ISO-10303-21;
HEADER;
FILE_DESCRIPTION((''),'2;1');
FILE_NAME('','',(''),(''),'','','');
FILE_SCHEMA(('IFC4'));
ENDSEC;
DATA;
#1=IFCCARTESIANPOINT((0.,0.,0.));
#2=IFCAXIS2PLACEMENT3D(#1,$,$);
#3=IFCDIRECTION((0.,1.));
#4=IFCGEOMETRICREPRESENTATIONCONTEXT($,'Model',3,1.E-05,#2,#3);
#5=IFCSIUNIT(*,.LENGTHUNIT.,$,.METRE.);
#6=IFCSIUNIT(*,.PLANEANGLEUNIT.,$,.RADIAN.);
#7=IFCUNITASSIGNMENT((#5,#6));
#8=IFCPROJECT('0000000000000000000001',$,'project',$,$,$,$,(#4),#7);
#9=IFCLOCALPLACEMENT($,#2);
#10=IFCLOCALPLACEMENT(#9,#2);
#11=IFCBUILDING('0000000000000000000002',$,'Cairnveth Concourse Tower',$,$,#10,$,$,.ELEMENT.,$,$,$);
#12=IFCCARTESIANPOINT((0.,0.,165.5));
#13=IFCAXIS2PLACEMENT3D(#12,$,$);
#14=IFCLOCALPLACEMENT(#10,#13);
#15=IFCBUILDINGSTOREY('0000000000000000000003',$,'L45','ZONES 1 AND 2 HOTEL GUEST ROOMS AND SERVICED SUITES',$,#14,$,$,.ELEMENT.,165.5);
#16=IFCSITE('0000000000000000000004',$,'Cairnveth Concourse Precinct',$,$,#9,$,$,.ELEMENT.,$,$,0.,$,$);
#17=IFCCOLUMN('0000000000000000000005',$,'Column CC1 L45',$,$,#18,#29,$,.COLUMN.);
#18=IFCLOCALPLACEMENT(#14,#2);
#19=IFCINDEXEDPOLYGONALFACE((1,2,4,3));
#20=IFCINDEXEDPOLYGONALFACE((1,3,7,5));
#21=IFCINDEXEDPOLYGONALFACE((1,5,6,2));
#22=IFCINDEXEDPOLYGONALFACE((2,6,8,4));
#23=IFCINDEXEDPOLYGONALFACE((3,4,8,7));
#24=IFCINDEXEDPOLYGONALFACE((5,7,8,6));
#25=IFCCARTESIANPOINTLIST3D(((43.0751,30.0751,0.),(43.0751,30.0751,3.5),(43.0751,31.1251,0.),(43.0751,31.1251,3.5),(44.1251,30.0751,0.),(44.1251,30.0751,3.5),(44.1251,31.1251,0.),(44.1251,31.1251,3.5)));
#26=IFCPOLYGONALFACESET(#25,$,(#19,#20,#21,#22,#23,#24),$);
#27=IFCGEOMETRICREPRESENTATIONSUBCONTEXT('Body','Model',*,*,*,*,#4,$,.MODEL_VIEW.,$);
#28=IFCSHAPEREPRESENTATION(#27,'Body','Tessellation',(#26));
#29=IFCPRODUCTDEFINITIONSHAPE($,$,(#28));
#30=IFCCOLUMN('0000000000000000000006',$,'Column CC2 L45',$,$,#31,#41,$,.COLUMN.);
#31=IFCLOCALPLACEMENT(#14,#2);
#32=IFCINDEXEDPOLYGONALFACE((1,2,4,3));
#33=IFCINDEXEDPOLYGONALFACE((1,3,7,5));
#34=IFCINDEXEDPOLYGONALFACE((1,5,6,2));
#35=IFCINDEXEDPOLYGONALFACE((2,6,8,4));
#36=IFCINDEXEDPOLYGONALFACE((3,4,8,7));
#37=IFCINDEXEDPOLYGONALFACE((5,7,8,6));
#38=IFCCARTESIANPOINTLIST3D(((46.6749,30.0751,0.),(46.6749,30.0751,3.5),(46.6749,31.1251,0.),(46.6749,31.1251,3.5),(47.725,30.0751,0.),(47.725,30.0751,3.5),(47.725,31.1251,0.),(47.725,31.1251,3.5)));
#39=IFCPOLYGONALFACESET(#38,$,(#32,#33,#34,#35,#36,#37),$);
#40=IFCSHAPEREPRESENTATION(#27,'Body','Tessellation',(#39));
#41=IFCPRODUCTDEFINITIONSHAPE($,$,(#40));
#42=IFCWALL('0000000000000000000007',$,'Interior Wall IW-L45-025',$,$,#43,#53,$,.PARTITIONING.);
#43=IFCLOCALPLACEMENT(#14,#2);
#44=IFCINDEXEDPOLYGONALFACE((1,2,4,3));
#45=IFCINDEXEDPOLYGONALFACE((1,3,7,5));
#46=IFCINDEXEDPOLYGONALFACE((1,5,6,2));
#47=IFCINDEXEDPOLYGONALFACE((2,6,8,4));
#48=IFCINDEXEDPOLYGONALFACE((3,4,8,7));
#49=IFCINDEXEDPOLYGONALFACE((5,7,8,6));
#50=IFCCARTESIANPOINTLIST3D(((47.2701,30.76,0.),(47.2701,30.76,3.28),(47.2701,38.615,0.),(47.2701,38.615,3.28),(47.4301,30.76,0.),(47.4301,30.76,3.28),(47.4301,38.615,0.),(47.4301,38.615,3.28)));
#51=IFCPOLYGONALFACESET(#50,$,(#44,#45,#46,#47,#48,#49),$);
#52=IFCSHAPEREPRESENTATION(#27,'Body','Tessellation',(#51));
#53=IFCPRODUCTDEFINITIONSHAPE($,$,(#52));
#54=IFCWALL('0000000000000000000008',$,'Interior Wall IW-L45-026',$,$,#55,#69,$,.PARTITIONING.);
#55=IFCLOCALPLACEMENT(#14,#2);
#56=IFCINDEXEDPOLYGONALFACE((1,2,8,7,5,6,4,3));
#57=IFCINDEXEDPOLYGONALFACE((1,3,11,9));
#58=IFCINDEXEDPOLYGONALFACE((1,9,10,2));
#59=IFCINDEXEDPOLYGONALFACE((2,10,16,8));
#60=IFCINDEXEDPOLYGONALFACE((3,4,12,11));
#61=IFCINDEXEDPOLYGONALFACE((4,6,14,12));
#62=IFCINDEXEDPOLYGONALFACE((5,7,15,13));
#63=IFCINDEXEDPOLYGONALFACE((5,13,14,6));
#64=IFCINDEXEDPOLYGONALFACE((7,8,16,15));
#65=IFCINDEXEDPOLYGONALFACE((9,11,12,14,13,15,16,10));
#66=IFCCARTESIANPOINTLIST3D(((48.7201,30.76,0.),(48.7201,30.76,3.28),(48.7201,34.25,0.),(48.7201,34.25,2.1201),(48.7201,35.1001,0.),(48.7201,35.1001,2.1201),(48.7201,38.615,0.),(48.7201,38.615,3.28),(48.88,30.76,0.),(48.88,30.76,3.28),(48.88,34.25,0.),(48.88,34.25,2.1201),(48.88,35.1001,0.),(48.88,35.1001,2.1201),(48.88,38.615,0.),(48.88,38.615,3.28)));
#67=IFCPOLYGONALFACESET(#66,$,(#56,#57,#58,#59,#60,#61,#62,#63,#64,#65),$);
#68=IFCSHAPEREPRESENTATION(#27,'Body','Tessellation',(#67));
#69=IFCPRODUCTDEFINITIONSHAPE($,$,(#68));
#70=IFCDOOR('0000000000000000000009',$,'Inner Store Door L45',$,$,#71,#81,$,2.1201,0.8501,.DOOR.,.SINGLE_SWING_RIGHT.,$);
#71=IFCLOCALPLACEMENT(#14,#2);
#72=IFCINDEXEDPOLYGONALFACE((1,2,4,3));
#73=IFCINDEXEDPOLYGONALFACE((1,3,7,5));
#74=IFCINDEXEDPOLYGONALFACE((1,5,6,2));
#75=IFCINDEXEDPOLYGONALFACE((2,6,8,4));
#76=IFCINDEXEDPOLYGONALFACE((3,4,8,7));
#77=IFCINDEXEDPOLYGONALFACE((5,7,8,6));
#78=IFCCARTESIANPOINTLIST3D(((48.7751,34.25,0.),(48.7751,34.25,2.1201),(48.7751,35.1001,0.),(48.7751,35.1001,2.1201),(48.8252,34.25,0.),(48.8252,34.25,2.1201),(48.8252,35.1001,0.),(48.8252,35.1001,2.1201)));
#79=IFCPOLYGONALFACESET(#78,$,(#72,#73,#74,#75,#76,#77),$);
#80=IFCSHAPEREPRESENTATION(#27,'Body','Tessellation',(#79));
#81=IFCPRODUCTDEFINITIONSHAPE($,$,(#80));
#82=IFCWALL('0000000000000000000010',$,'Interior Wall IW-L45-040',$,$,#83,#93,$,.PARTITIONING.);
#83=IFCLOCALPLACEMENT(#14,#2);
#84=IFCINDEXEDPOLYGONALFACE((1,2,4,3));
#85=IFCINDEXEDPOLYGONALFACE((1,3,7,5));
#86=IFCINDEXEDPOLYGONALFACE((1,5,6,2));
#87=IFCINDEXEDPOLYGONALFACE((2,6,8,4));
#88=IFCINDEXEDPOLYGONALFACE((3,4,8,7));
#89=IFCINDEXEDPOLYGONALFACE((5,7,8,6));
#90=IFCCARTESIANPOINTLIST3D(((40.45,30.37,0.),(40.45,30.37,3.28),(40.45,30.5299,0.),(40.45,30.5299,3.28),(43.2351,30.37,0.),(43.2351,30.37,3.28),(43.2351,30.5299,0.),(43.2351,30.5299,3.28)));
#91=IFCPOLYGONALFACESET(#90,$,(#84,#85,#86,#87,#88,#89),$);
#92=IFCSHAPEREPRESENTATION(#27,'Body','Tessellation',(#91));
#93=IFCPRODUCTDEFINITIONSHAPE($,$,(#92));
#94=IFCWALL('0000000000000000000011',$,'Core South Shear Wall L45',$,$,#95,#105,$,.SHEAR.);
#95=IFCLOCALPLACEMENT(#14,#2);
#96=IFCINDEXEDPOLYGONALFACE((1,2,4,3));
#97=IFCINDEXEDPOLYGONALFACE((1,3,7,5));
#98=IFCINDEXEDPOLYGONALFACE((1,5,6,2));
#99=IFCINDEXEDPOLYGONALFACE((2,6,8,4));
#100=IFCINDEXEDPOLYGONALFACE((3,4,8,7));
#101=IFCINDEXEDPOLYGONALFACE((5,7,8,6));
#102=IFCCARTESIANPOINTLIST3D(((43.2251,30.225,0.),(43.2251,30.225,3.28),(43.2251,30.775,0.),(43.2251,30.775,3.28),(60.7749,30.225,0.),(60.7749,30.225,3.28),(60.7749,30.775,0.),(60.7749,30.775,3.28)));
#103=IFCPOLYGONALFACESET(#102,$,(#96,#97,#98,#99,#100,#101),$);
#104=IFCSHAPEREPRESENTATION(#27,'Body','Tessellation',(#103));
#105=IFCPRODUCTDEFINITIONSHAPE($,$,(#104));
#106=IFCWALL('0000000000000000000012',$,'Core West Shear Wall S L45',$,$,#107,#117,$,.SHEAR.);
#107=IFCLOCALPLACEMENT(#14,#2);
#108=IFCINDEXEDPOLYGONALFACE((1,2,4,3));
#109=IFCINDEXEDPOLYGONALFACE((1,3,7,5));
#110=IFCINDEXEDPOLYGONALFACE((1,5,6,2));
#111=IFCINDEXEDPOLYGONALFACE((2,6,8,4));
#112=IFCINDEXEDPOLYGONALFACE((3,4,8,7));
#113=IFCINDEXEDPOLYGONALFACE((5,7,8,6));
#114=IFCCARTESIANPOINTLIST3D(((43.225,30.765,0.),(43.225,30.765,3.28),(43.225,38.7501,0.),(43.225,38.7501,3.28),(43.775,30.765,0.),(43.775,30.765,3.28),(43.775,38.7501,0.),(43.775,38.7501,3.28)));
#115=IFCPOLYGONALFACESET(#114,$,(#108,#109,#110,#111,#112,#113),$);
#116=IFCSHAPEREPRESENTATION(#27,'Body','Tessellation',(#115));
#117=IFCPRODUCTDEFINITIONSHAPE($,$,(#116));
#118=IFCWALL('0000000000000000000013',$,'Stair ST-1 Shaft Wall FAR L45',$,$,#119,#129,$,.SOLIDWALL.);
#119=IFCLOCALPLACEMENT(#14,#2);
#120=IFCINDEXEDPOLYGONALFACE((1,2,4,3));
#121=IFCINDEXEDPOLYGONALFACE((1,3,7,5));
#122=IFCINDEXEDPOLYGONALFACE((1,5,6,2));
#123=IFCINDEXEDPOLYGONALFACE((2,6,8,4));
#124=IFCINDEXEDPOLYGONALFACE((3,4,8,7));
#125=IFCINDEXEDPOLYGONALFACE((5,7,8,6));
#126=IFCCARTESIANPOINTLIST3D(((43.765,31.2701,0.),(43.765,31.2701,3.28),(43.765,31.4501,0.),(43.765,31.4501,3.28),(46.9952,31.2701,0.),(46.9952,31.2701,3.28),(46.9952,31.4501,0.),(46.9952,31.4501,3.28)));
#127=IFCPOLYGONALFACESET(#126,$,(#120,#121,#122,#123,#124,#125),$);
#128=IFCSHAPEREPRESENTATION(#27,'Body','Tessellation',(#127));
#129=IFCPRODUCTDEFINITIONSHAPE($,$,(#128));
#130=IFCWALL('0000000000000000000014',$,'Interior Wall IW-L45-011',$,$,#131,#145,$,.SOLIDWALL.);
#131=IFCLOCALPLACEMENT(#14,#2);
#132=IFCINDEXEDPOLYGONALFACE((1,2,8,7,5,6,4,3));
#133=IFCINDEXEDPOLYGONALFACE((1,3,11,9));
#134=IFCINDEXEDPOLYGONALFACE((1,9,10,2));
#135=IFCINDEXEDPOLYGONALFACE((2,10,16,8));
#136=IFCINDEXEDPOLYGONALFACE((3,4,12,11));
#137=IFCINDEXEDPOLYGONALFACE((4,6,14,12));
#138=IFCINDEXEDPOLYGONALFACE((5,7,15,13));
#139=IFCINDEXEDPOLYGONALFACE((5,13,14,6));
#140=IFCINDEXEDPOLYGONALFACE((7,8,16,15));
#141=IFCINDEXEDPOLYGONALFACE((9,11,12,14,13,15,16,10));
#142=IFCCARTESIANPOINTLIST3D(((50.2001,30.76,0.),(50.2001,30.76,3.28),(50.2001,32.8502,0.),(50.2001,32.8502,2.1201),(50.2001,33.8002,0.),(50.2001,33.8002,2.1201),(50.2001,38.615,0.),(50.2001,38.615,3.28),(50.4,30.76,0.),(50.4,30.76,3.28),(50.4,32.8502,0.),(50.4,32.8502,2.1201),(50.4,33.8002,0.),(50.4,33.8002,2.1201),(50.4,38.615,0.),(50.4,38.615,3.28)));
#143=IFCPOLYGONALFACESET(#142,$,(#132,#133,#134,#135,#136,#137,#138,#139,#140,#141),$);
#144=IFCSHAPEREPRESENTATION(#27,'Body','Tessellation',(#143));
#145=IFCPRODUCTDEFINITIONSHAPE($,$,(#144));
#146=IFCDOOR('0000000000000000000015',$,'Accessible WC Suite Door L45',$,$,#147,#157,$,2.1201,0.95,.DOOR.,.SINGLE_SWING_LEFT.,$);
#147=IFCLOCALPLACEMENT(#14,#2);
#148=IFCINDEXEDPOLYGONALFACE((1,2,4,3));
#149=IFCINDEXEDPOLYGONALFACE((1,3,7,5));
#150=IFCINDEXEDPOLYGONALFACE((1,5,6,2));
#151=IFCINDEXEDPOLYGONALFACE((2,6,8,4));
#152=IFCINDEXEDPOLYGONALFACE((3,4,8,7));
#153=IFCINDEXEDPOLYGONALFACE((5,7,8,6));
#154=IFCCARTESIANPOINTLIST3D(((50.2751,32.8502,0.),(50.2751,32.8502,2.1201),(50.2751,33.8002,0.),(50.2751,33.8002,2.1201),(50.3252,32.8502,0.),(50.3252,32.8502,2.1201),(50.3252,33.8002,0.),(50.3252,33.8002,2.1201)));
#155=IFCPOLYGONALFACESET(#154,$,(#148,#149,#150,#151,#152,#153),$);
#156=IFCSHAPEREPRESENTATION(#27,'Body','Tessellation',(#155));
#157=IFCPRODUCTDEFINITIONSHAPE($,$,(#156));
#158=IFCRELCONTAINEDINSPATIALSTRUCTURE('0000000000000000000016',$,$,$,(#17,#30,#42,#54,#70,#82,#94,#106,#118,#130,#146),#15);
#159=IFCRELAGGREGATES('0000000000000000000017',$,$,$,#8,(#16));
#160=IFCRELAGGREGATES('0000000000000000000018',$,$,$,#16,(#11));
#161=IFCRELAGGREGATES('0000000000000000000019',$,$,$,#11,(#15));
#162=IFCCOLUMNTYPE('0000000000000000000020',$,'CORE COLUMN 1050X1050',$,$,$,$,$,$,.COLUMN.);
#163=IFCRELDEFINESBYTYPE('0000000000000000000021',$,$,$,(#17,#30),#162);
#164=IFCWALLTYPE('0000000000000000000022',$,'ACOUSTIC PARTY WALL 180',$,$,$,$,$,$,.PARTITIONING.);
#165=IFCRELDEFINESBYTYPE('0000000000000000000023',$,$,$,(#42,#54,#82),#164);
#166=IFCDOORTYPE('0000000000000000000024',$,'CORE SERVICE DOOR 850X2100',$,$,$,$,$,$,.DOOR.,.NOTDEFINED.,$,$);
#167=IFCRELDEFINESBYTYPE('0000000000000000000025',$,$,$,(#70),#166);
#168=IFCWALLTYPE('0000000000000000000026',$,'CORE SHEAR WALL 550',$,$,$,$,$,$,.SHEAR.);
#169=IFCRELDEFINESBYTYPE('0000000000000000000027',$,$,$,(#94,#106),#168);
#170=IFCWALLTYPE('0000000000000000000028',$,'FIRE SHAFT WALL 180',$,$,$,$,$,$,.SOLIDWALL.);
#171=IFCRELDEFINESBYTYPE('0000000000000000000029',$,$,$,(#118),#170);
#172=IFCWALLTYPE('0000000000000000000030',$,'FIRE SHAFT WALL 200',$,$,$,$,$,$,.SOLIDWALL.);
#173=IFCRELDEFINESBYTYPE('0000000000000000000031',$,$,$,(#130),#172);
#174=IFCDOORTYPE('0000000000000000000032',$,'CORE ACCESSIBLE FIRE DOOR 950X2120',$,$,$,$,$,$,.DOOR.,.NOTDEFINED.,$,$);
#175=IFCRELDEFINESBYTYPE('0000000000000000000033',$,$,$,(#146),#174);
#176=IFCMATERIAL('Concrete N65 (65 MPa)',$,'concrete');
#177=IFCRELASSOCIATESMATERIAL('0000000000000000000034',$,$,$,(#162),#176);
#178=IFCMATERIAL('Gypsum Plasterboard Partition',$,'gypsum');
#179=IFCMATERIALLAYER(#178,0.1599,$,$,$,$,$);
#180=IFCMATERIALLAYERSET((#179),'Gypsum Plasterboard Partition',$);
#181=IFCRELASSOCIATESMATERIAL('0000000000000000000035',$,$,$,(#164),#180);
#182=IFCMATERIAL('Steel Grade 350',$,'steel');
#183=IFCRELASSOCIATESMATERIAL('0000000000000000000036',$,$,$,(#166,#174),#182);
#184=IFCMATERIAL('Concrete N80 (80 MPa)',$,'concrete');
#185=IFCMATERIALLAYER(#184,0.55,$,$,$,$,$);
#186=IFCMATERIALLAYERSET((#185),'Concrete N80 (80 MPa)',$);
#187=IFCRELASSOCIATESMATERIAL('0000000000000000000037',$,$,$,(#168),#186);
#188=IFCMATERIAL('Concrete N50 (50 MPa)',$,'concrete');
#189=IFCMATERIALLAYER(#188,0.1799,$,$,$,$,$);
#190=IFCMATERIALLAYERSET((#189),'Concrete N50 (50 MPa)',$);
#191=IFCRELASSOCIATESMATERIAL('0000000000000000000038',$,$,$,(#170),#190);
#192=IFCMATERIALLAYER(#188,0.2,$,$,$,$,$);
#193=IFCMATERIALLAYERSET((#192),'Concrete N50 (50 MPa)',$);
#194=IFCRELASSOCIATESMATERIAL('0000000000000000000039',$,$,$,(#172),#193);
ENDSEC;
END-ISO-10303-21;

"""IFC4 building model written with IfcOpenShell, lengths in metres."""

from ifc_helpers import new_model, si_unit, direction, frame, frame_2d, origin, origin_2d, place, context, subcontext, project, spatial, rectangle, extrude, material, layer, layer_set, material_profile, profile_set, type_object, element, fill, save


model = new_model("IFC4")

# Units and contexts
model_context = context("Model", 3, precision=1e-05, world=origin(), true_north=direction((0.0, 1.0)))
body_context = subcontext(model_context, "Body", "Model", "MODEL_VIEW")
ifc_project = project(units=[si_unit("LENGTHUNIT", "METRE"), si_unit("PLANEANGLEUNIT", "RADIAN")], contexts=[model_context])

# Site, building, storey
site_placement = place(None, origin())
site = spatial("IfcSite", under=ifc_project, at=site_placement, Name="Cairnveth Concourse Precinct", CompositionType="ELEMENT", RefElevation=0.0)
building_placement = place(site_placement, origin())
building = spatial("IfcBuilding", under=site, at=building_placement, Name="Cairnveth Concourse Tower", CompositionType="ELEMENT")
storey_placement = place(building_placement, frame((0.0, 0.0, 165.5)))
storey = spatial("IfcBuildingStorey", under=building, at=storey_placement, Name="L45", Description="ZONES 1 AND 2 HOTEL GUEST ROOMS AND SERVICED SUITES", CompositionType="ELEMENT", Elevation=165.5)

# Columns
ifc_material_1 = material(Name="Concrete N65 (65 MPa)", Category="concrete")
ifc_material_profile = material_profile(ifc_material_1, rectangle(XDim=1.05, YDim=1.05, at=origin_2d()), Name="RC-COL-1050x1050")
ifc_profile_set = profile_set([ifc_material_profile], Name="Concrete N65 (65 MPa)")
column_type = type_object("IfcColumnType", Name="CORE COLUMN 1050X1050", PredefinedType="COLUMN", material=ifc_profile_set)
for number, where, z_axis, x_axis, name in (
    (1, (43.6001, 30.6001, 0.0), (0.0, 0.0, 1.0), (1.0, 0.0, 0.0), "Column CC1 L45"),
    (2, (47.2, 30.6001, 0.0), (0.0, 0.0, 1.0), (1.0, 0.0, 0.0), "Column CC2 L45"),
):
    element("IfcColumn", number, at=place(storey_placement, frame(where, z_axis=z_axis, x_axis=x_axis)), inside=storey, type_object=column_type, Name=name, PredefinedType="COLUMN", context=body_context, shape_type="SweptSolid", body=[
        extrude(rectangle(XDim=1.05, YDim=1.05, at=origin_2d()), origin(), (0.0, 0.0, 1.0), 3.5),
    ])

# Wall
ifc_material_2 = material(Name="Gypsum Plasterboard Partition", Category="gypsum")
ifc_layer_1 = layer(ifc_material_2, 0.1599)
ifc_layer_set_1 = layer_set([ifc_layer_1], Name="Gypsum Plasterboard Partition")
wall_type_1 = type_object("IfcWallType", Name="ACOUSTIC PARTY WALL 180", PredefinedType="PARTITIONING", material=ifc_layer_set_1)
wall_1_placement = place(storey_placement, frame((47.3501, 30.76, 0.0), z_axis=(0.0, 0.0, 1.0), x_axis=(0.0, 1.0, 0.0)))
element("IfcWall", 3, at=wall_1_placement, inside=storey, type_object=wall_type_1, Name="Interior Wall IW-L45-025", PredefinedType="PARTITIONING", context=body_context, shape_type="SweptSolid", body=[
    extrude(rectangle(XDim=7.855, YDim=0.1599, at=frame_2d((3.9275, 0.0))), origin(), (0.0, 0.0, 1.0), 3.28),
])

# Wall, opening, door
wall_2_placement = place(storey_placement, frame((48.8, 30.76, 0.0), z_axis=(0.0, 0.0, 1.0), x_axis=(0.0, 1.0, 0.0)))
wall_2 = element("IfcWall", 4, at=wall_2_placement, inside=storey, type_object=wall_type_1, Name="Interior Wall IW-L45-026", PredefinedType="PARTITIONING", context=body_context, shape_type="SweptSolid", body=[
    extrude(rectangle(XDim=7.855, YDim=0.1599, at=frame_2d((3.9275, 0.0))), origin(), (0.0, 0.0, 1.0), 3.28),
])
opening_1_placement = place(wall_2_placement, frame((3.49, 0.0, 0.0)))
opening_1 = element("IfcOpeningElement", 5, at=opening_1_placement, cuts=wall_2, PredefinedType="OPENING", context=body_context, shape_type="SweptSolid", body=[
    extrude(rectangle(XDim=0.8501, YDim=2.1201, at=frame_2d((0.425, 1.0601))), frame((0.0, 0.0898, 0.0), z_axis=(0.0, -1.0, 0.0), x_axis=(1.0, 0.0, 0.0)), (0.0, 0.0, 1.0), 0.1799),
])
ifc_material_3 = material(Name="Steel Grade 350", Category="steel")
door_type_1 = type_object("IfcDoorType", Name="CORE SERVICE DOOR 850X2100", OperationType="NOTDEFINED", PredefinedType="DOOR", material=ifc_material_3)
door_1_placement = place(opening_1_placement, origin())
door_1 = element("IfcDoor", 6, at=door_1_placement, inside=storey, type_object=door_type_1, Name="Inner Store Door L45", OperationType="SINGLE_SWING_RIGHT", OverallHeight=2.1201, OverallWidth=0.8501, PredefinedType="DOOR", context=body_context, shape_type="SweptSolid", body=[
    extrude(rectangle(XDim=0.8501, YDim=2.1201, at=frame_2d((0.425, 1.0601))), frame((0.0, 0.0249, 0.0), z_axis=(0.0, -1.0, 0.0), x_axis=(1.0, 0.0, 0.0)), (0.0, 0.0, 1.0), 0.05),
])
fill(opening_1, door_1)

# Wall
wall_3_placement = place(storey_placement, frame((40.45, 30.45, 0.0), z_axis=(0.0, 0.0, 1.0), x_axis=(1.0, 0.0, 0.0)))
element("IfcWall", 7, at=wall_3_placement, inside=storey, type_object=wall_type_1, Name="Interior Wall IW-L45-040", PredefinedType="PARTITIONING", context=body_context, shape_type="SweptSolid", body=[
    extrude(rectangle(XDim=2.7852, YDim=0.1599, at=frame_2d((1.3926, 0.0))), origin(), (0.0, 0.0, 1.0), 3.28),
])

# Walls
ifc_material_4 = material(Name="Concrete N80 (80 MPa)", Category="concrete")
ifc_layer_2 = layer(ifc_material_4, 0.55)
ifc_layer_set_2 = layer_set([ifc_layer_2], Name="Concrete N80 (80 MPa)")
wall_type_2 = type_object("IfcWallType", Name="CORE SHEAR WALL 550", PredefinedType="SHEAR", material=ifc_layer_set_2)
wall_4_placement = place(storey_placement, frame((43.2251, 30.5, 0.0), z_axis=(0.0, 0.0, 1.0), x_axis=(1.0, 0.0, 0.0)))
element("IfcWall", 8, at=wall_4_placement, inside=storey, type_object=wall_type_2, Name="Core South Shear Wall L45", PredefinedType="SHEAR", context=body_context, shape_type="SweptSolid", body=[
    extrude(rectangle(XDim=17.5498, YDim=0.55, at=frame_2d((8.7749, 0.0))), origin(), (0.0, 0.0, 1.0), 3.28),
])
wall_5_placement = place(storey_placement, frame((43.5, 30.7649, 0.0), z_axis=(0.0, 0.0, 1.0), x_axis=(0.0, 1.0, 0.0)))
element("IfcWall", 9, at=wall_5_placement, inside=storey, type_object=wall_type_2, Name="Core West Shear Wall S L45", PredefinedType="SHEAR", context=body_context, shape_type="SweptSolid", body=[
    extrude(rectangle(XDim=7.9851, YDim=0.55, at=frame_2d((3.9927, 0.0))), origin(), (0.0, 0.0, 1.0), 3.28),
])
ifc_material_5 = material(Name="Concrete N50 (50 MPa)", Category="concrete")
ifc_layer_3 = layer(ifc_material_5, 0.1799)
ifc_layer_set_3 = layer_set([ifc_layer_3], Name="Concrete N50 (50 MPa)")
wall_type_3 = type_object("IfcWallType", Name="FIRE SHAFT WALL 180", PredefinedType="SOLIDWALL", material=ifc_layer_set_3)
wall_6_placement = place(storey_placement, frame((43.7649, 31.3601, 0.0), z_axis=(0.0, 0.0, 1.0), x_axis=(1.0, 0.0, 0.0)))
element("IfcWall", 10, at=wall_6_placement, inside=storey, type_object=wall_type_3, Name="Stair ST-1 Shaft Wall FAR L45", PredefinedType="SOLIDWALL", context=body_context, shape_type="SweptSolid", body=[
    extrude(rectangle(XDim=3.2302, YDim=0.1799, at=frame_2d((1.6152, 0.0))), origin(), (0.0, 0.0, 1.0), 3.28),
])

# Wall, opening, door
ifc_layer_4 = layer(ifc_material_5, 0.2)
ifc_layer_set_4 = layer_set([ifc_layer_4], Name="Concrete N50 (50 MPa)")
wall_type_4 = type_object("IfcWallType", Name="FIRE SHAFT WALL 200", PredefinedType="SOLIDWALL", material=ifc_layer_set_4)
wall_7_placement = place(storey_placement, frame((50.3, 30.76, 0.0), z_axis=(0.0, 0.0, 1.0), x_axis=(0.0, 1.0, 0.0)))
wall_7 = element("IfcWall", 11, at=wall_7_placement, inside=storey, type_object=wall_type_4, Name="Interior Wall IW-L45-011", PredefinedType="SOLIDWALL", context=body_context, shape_type="SweptSolid", body=[
    extrude(rectangle(XDim=7.855, YDim=0.2, at=frame_2d((3.9275, 0.0))), origin(), (0.0, 0.0, 1.0), 3.28),
])
opening_2_placement = place(wall_7_placement, frame((2.0901, 0.0, 0.0)))
opening_2 = element("IfcOpeningElement", 12, at=opening_2_placement, cuts=wall_7, PredefinedType="OPENING", context=body_context, shape_type="SweptSolid", body=[
    extrude(rectangle(XDim=0.95, YDim=2.1201, at=frame_2d((0.4751, 1.0601))), frame((0.0, 0.1099, 0.0), z_axis=(0.0, -1.0, 0.0), x_axis=(1.0, 0.0, 0.0)), (0.0, 0.0, 1.0), 0.22),
])
door_type_2 = type_object("IfcDoorType", Name="CORE ACCESSIBLE FIRE DOOR 950X2120", OperationType="NOTDEFINED", PredefinedType="DOOR", material=ifc_material_3)
door_2_placement = place(opening_2_placement, origin())
door_2 = element("IfcDoor", 13, at=door_2_placement, inside=storey, type_object=door_type_2, Name="Accessible WC Suite Door L45", OperationType="SINGLE_SWING_LEFT", OverallHeight=2.1201, OverallWidth=0.95, PredefinedType="DOOR", context=body_context, shape_type="SweptSolid", body=[
    extrude(rectangle(XDim=0.95, YDim=2.1201, at=frame_2d((0.4751, 1.0601))), frame((0.0, 0.0249, 0.0), z_axis=(0.0, -1.0, 0.0), x_axis=(1.0, 0.0, 0.0)), (0.0, 0.0, 1.0), 0.05),
])
fill(opening_2, door_2)

save(model, "model.ifc")
